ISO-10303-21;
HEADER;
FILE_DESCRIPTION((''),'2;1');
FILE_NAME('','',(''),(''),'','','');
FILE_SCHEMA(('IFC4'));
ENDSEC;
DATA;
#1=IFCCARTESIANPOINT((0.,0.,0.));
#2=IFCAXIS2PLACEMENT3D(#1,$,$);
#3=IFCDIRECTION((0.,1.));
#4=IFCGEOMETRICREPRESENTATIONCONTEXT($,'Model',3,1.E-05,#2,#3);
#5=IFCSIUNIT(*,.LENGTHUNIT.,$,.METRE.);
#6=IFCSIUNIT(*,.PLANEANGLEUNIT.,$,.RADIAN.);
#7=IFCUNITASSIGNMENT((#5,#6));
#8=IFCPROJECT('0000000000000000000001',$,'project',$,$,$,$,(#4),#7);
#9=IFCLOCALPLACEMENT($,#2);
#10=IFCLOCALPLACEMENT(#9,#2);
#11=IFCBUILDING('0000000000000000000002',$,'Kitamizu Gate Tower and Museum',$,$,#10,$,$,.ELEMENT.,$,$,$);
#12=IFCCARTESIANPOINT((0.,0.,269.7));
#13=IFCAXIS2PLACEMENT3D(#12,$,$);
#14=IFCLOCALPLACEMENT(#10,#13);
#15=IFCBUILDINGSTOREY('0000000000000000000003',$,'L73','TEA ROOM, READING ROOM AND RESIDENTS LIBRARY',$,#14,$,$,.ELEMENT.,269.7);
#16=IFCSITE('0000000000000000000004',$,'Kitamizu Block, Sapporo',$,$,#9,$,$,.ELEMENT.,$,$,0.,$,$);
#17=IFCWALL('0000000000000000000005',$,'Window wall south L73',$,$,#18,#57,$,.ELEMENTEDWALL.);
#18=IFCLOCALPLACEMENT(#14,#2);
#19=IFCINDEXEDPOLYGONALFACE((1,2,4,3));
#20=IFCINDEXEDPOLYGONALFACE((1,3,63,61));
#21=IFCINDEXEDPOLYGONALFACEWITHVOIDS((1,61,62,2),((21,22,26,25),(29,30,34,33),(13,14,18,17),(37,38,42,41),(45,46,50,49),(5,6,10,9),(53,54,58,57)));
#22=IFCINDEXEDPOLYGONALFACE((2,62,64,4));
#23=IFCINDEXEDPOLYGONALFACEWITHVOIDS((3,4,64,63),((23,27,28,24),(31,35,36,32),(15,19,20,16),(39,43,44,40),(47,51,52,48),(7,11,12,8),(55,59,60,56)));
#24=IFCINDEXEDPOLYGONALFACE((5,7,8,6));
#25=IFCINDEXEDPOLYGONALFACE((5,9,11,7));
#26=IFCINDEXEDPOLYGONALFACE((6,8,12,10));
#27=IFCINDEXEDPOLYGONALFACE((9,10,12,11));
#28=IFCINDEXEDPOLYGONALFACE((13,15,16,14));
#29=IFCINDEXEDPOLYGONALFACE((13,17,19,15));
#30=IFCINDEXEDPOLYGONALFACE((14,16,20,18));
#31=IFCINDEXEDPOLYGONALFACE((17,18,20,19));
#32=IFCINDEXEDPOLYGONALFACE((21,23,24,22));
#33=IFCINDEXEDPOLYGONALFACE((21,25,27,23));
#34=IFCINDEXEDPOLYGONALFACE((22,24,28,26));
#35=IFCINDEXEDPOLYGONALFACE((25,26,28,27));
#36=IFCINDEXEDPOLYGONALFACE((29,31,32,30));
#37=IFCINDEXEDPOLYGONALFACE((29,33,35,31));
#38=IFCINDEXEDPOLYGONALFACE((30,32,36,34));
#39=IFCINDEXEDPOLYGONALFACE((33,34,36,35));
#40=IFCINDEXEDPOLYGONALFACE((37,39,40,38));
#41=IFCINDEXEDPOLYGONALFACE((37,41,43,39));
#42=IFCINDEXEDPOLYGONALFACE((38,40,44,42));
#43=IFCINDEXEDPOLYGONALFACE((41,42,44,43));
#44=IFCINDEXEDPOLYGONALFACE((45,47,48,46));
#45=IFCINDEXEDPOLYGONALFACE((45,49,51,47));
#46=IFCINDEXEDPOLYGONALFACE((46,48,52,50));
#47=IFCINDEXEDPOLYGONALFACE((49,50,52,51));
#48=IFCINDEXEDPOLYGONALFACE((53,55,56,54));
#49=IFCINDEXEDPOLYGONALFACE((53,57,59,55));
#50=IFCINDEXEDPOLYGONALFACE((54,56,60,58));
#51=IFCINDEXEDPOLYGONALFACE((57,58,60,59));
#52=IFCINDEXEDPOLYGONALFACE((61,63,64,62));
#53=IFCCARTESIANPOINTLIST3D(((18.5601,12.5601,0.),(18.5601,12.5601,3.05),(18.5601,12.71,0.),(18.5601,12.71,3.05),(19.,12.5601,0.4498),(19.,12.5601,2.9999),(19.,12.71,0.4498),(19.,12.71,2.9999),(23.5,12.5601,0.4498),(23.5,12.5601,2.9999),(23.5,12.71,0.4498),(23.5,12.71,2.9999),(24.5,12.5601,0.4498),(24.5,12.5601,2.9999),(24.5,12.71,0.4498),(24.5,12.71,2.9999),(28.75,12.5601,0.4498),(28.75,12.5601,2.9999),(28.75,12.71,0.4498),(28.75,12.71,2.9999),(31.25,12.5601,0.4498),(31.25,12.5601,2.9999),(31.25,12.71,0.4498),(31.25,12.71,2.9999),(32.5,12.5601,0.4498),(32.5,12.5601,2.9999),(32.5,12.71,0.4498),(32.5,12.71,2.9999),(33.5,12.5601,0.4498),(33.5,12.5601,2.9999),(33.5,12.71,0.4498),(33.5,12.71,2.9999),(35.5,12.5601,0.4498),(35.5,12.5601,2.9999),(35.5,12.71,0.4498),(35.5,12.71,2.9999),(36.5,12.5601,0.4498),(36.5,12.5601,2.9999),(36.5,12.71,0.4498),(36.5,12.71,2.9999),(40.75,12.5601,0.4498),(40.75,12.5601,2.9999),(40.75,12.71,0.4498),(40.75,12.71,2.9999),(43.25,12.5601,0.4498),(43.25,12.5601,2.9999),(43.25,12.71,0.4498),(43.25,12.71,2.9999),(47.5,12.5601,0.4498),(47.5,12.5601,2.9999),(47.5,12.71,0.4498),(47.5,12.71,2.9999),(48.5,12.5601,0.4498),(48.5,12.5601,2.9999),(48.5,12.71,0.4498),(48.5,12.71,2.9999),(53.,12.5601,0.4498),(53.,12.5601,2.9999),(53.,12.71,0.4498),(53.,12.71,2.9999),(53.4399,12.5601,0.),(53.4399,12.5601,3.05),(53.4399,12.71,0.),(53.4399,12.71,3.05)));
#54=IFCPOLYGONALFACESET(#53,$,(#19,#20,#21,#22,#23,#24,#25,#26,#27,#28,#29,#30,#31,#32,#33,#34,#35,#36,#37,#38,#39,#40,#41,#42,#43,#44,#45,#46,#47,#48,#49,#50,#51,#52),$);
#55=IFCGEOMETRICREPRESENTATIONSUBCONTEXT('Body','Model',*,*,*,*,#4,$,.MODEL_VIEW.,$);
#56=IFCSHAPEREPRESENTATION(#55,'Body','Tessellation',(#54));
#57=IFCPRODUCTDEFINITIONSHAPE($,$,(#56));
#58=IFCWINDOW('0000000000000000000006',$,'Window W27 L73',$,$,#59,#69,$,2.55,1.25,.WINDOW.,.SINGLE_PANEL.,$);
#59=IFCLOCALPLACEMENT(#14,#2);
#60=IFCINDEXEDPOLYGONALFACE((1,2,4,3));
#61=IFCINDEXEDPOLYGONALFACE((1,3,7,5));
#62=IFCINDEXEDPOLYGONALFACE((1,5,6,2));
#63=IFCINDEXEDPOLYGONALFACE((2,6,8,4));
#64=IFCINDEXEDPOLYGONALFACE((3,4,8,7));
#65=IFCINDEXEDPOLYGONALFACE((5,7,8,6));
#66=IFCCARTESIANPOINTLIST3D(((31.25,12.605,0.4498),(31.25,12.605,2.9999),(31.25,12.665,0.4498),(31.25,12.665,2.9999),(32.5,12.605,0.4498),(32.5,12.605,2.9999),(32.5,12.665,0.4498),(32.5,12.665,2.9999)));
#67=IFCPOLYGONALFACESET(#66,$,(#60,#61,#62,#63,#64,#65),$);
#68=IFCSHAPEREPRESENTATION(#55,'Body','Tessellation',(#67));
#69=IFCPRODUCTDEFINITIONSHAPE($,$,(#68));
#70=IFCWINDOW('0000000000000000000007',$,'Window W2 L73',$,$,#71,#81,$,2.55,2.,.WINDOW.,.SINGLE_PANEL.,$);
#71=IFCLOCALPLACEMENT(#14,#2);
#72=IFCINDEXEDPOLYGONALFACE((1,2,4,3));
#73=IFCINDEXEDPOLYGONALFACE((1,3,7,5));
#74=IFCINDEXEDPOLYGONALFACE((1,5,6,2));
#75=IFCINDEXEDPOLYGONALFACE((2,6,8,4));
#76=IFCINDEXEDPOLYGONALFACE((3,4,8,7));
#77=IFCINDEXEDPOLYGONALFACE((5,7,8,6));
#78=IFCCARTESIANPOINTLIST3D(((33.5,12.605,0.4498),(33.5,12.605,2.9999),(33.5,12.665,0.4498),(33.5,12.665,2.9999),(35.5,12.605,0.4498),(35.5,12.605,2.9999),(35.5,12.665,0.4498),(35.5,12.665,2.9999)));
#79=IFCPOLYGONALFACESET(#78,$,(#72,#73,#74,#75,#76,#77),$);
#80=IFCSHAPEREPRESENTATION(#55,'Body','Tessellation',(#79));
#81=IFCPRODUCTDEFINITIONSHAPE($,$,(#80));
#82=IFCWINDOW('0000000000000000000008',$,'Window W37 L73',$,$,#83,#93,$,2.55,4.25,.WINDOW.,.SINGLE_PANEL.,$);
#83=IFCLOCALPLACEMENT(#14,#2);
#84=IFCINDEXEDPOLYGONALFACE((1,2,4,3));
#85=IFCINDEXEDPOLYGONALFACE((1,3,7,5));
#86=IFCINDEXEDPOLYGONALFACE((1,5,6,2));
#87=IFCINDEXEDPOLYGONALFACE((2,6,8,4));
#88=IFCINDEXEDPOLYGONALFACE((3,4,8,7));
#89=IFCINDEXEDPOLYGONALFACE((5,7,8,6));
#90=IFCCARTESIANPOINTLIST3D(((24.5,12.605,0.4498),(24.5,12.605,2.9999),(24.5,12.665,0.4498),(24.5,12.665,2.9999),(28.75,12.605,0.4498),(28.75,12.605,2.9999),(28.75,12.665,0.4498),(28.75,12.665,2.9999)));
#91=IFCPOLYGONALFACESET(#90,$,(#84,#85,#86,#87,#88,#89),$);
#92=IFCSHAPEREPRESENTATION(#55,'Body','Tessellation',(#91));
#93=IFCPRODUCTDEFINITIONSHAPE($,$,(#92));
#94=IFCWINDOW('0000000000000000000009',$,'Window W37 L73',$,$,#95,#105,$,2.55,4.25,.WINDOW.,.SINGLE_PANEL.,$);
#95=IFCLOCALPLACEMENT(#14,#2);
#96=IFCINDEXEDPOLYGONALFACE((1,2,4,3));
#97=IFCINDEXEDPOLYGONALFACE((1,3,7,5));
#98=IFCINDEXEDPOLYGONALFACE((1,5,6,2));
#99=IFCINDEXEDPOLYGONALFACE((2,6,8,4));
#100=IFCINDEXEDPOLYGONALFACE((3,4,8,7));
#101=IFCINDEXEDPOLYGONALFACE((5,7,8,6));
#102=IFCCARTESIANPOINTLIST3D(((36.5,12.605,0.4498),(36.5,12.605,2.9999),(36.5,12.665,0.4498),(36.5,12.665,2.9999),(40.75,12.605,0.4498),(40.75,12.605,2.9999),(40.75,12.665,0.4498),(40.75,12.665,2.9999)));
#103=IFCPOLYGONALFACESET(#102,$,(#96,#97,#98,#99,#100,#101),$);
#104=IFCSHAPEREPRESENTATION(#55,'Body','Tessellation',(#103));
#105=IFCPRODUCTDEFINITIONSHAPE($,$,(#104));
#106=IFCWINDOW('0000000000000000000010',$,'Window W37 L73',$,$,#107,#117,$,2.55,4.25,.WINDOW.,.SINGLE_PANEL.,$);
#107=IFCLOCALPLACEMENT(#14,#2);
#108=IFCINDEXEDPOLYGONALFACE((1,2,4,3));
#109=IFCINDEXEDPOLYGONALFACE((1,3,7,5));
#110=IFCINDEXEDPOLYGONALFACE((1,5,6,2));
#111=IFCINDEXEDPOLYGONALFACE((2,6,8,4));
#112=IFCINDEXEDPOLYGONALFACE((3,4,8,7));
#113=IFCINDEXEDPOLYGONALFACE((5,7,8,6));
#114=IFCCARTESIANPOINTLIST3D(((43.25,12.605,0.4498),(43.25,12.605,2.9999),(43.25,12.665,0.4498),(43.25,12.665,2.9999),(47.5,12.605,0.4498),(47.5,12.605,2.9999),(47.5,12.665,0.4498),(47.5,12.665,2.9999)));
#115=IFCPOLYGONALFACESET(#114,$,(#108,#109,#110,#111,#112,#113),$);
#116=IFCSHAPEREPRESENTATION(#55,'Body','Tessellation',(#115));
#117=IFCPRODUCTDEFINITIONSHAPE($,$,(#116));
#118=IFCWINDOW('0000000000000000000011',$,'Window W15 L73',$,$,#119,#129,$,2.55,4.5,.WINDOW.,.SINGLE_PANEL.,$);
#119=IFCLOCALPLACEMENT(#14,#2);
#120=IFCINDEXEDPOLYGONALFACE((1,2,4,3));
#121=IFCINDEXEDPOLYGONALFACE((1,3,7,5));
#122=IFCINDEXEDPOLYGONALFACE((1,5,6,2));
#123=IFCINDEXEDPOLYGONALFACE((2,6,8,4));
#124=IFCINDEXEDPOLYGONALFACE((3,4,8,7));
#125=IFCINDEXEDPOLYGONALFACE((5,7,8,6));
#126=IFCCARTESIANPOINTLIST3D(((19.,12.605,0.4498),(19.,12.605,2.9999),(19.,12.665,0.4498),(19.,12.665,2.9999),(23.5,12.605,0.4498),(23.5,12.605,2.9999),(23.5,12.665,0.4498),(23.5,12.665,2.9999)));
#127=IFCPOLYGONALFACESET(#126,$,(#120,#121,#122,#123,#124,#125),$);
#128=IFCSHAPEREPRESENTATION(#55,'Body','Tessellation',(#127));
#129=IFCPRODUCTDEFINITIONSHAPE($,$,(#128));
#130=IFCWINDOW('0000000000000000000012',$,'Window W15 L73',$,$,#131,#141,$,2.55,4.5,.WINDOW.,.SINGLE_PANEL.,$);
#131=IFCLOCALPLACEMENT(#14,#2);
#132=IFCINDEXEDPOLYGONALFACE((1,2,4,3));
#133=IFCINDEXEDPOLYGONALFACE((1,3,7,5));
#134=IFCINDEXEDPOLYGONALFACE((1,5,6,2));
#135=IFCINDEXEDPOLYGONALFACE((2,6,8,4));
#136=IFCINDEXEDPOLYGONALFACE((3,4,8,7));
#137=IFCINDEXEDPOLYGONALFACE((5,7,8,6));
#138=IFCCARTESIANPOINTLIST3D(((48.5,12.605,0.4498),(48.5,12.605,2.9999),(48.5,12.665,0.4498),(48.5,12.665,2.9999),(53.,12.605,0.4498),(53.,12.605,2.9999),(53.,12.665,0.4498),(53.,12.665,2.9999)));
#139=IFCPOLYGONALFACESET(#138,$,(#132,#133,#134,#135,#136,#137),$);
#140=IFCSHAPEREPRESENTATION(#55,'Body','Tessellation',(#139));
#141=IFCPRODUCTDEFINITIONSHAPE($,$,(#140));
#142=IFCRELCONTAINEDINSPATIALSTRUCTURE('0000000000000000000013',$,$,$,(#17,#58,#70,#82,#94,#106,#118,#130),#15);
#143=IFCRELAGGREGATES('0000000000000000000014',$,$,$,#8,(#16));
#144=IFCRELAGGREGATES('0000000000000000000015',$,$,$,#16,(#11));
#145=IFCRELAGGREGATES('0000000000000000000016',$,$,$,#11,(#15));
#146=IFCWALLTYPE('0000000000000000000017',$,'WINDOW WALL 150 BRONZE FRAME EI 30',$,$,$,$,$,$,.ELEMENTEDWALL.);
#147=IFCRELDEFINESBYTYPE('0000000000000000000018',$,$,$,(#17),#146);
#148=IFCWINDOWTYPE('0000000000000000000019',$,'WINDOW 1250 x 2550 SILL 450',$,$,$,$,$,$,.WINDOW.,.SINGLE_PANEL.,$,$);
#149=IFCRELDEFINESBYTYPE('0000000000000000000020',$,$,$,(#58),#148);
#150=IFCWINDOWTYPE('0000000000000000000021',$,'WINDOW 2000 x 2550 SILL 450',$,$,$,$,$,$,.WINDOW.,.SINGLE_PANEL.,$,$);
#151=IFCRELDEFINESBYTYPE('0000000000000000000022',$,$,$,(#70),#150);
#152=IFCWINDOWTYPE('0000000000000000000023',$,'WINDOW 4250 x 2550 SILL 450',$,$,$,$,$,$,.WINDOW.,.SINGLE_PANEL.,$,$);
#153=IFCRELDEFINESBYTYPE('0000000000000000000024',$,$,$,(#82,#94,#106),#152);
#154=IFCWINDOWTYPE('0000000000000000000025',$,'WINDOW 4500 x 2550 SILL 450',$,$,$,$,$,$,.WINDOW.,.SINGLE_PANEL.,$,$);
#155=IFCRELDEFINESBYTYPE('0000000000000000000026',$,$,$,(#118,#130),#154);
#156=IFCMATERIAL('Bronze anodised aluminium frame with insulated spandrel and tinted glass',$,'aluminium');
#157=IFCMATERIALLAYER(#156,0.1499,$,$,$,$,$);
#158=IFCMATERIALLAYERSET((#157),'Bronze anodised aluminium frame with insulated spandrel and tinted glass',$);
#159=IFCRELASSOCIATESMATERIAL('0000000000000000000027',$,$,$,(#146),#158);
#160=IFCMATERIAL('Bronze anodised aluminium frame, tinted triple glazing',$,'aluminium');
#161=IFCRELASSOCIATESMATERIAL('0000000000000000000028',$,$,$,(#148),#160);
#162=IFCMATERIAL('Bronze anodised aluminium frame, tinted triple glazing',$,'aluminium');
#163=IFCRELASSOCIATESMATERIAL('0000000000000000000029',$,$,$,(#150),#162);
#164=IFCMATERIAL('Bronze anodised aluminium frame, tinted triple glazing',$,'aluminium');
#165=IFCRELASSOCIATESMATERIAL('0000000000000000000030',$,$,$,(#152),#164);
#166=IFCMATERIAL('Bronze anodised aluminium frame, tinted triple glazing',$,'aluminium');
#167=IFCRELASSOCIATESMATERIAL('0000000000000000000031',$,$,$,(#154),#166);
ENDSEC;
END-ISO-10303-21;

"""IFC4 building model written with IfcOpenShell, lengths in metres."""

from ifc_helpers import new_model, si_unit, direction, frame, frame_2d, origin, place, context, subcontext, project, spatial, rectangle, extrude, material, layer, layer_set, type_object, element, fill, save


model = new_model("IFC4")

# Units and contexts
model_context = context("Model", 3, precision=1e-05, world=origin(), true_north=direction((0.0, 1.0)))
body_context = subcontext(model_context, "Body", "Model", "MODEL_VIEW")
ifc_project = project(units=[si_unit("LENGTHUNIT", "METRE"), si_unit("PLANEANGLEUNIT", "RADIAN")], contexts=[model_context])

# Site, building, storey
site_placement = place(None, origin())
site = spatial("IfcSite", under=ifc_project, at=site_placement, Name="Kitamizu Block, Sapporo", CompositionType="ELEMENT", RefElevation=0.0)
building_placement = place(site_placement, origin())
building = spatial("IfcBuilding", under=site, at=building_placement, Name="Kitamizu Gate Tower and Museum", CompositionType="ELEMENT")
storey_placement = place(building_placement, frame((0.0, 0.0, 269.7)))
storey = spatial("IfcBuildingStorey", under=building, at=storey_placement, Name="L73", Description="TEA ROOM, READING ROOM AND RESIDENTS LIBRARY", CompositionType="ELEMENT", Elevation=269.7)

# Wall, openings, windows
ifc_material_1 = material(Name="Bronze anodised aluminium frame with insulated spandrel and tinted glass", Category="aluminium")
ifc_layer_1 = layer(ifc_material_1, 0.1499)
ifc_layer_set_1 = layer_set([ifc_layer_1], Name="Bronze anodised aluminium frame with insulated spandrel and tinted glass")
wall_type_1 = type_object("IfcWallType", Name="WINDOW WALL 150 BRONZE FRAME EI 30", PredefinedType="ELEMENTEDWALL", material=ifc_layer_set_1)
wall_1_placement = place(storey_placement, frame((18.5601, 12.635, 0.0), z_axis=(0.0, 0.0, 1.0), x_axis=(1.0, 0.0, 0.0)))
wall_1 = element("IfcWall", 1, at=wall_1_placement, inside=storey, type_object=wall_type_1, Name="Window wall south L73", PredefinedType="ELEMENTEDWALL", context=body_context, shape_type="SweptSolid", body=[
    extrude(rectangle(XDim=34.8799, YDim=0.1499, at=frame_2d((17.4399, 0.0))), origin(), (0.0, 0.0, 1.0), 3.05),
])
opening_1_placement = place(wall_1_placement, frame((0.4399, 0.0, 0.45)))
opening_1 = element("IfcOpeningElement", 2, at=opening_1_placement, cuts=wall_1, PredefinedType="OPENING", context=body_context, shape_type="SweptSolid", body=[
    extrude(rectangle(XDim=4.5, YDim=2.55, at=frame_2d((2.25, 1.2749))), frame((0.0, 0.085, 0.0), z_axis=(0.0, -1.0, 0.0), x_axis=(1.0, 0.0, 0.0)), (0.0, 0.0, 1.0), 0.1699),
])
opening_2_placement = place(wall_1_placement, frame((5.9399, 0.0, 0.45)))
opening_2 = element("IfcOpeningElement", 3, at=opening_2_placement, cuts=wall_1, PredefinedType="OPENING", context=body_context, shape_type="SweptSolid", body=[
    extrude(rectangle(XDim=4.25, YDim=2.55, at=frame_2d((2.125, 1.2749))), frame((0.0, 0.085, 0.0), z_axis=(0.0, -1.0, 0.0), x_axis=(1.0, 0.0, 0.0)), (0.0, 0.0, 1.0), 0.1699),
])
opening_3_placement = place(wall_1_placement, frame((12.6899, 0.0, 0.45)))
opening_3 = element("IfcOpeningElement", 4, at=opening_3_placement, cuts=wall_1, PredefinedType="OPENING", context=body_context, shape_type="SweptSolid", body=[
    extrude(rectangle(XDim=1.25, YDim=2.55, at=frame_2d((0.625, 1.2749))), frame((0.0, 0.085, 0.0), z_axis=(0.0, -1.0, 0.0), x_axis=(1.0, 0.0, 0.0)), (0.0, 0.0, 1.0), 0.1699),
])
opening_4_placement = place(wall_1_placement, frame((14.9399, 0.0, 0.45)))
opening_4 = element("IfcOpeningElement", 5, at=opening_4_placement, cuts=wall_1, PredefinedType="OPENING", context=body_context, shape_type="SweptSolid", body=[
    extrude(rectangle(XDim=2.0, YDim=2.55, at=frame_2d((1.0, 1.2749))), frame((0.0, 0.085, 0.0), z_axis=(0.0, -1.0, 0.0), x_axis=(1.0, 0.0, 0.0)), (0.0, 0.0, 1.0), 0.1699),
])
opening_5_placement = place(wall_1_placement, frame((17.9399, 0.0, 0.45)))
opening_5 = element("IfcOpeningElement", 6, at=opening_5_placement, cuts=wall_1, PredefinedType="OPENING", context=body_context, shape_type="SweptSolid", body=[
    extrude(rectangle(XDim=4.25, YDim=2.55, at=frame_2d((2.125, 1.2749))), frame((0.0, 0.085, 0.0), z_axis=(0.0, -1.0, 0.0), x_axis=(1.0, 0.0, 0.0)), (0.0, 0.0, 1.0), 0.1699),
])
opening_6_placement = place(wall_1_placement, frame((24.6899, 0.0, 0.45)))
opening_6 = element("IfcOpeningElement", 7, at=opening_6_placement, cuts=wall_1, PredefinedType="OPENING", context=body_context, shape_type="SweptSolid", body=[
    extrude(rectangle(XDim=4.25, YDim=2.55, at=frame_2d((2.125, 1.2749))), frame((0.0, 0.085, 0.0), z_axis=(0.0, -1.0, 0.0), x_axis=(1.0, 0.0, 0.0)), (0.0, 0.0, 1.0), 0.1699),
])
opening_7_placement = place(wall_1_placement, frame((29.9399, 0.0, 0.45)))
opening_7 = element("IfcOpeningElement", 8, at=opening_7_placement, cuts=wall_1, PredefinedType="OPENING", context=body_context, shape_type="SweptSolid", body=[
    extrude(rectangle(XDim=4.5, YDim=2.55, at=frame_2d((2.25, 1.2749))), frame((0.0, 0.085, 0.0), z_axis=(0.0, -1.0, 0.0), x_axis=(1.0, 0.0, 0.0)), (0.0, 0.0, 1.0), 0.1699),
])
ifc_material_2 = material(Name="Bronze anodised aluminium frame, tinted triple glazing", Category="aluminium")
window_type_1 = type_object("IfcWindowType", Name="WINDOW 1250 x 2550 SILL 450", PartitioningType="SINGLE_PANEL", PredefinedType="WINDOW", material=ifc_material_2)
window_1_placement = place(opening_3_placement, origin())
window_1 = element("IfcWindow", 9, at=window_1_placement, inside=storey, type_object=window_type_1, Name="Window W27 L73", OverallHeight=2.55, OverallWidth=1.25, PartitioningType="SINGLE_PANEL", PredefinedType="WINDOW", context=body_context, shape_type="SweptSolid", body=[
    extrude(rectangle(XDim=1.25, YDim=2.55, at=frame_2d((0.625, 1.2749))), frame((0.0, 0.03, 0.0), z_axis=(0.0, -1.0, 0.0), x_axis=(1.0, 0.0, 0.0)), (0.0, 0.0, 1.0), 0.0601),
])
fill(opening_3, window_1)
ifc_material_3 = material(Name="Bronze anodised aluminium frame, tinted triple glazing", Category="aluminium")
window_type_2 = type_object("IfcWindowType", Name="WINDOW 2000 x 2550 SILL 450", PartitioningType="SINGLE_PANEL", PredefinedType="WINDOW", material=ifc_material_3)
window_2_placement = place(opening_4_placement, origin())
window_2 = element("IfcWindow", 10, at=window_2_placement, inside=storey, type_object=window_type_2, Name="Window W2 L73", OverallHeight=2.55, OverallWidth=2.0, PartitioningType="SINGLE_PANEL", PredefinedType="WINDOW", context=body_context, shape_type="SweptSolid", body=[
    extrude(rectangle(XDim=2.0, YDim=2.55, at=frame_2d((1.0, 1.2749))), frame((0.0, 0.03, 0.0), z_axis=(0.0, -1.0, 0.0), x_axis=(1.0, 0.0, 0.0)), (0.0, 0.0, 1.0), 0.0601),
])
fill(opening_4, window_2)
ifc_material_4 = material(Name="Bronze anodised aluminium frame, tinted triple glazing", Category="aluminium")
window_type_3 = type_object("IfcWindowType", Name="WINDOW 4250 x 2550 SILL 450", PartitioningType="SINGLE_PANEL", PredefinedType="WINDOW", material=ifc_material_4)
window_3_placement = place(opening_2_placement, origin())
window_3 = element("IfcWindow", 11, at=window_3_placement, inside=storey, type_object=window_type_3, Name="Window W37 L73", OverallHeight=2.55, OverallWidth=4.25, PartitioningType="SINGLE_PANEL", PredefinedType="WINDOW", context=body_context, shape_type="SweptSolid", body=[
    extrude(rectangle(XDim=4.25, YDim=2.55, at=frame_2d((2.125, 1.2749))), frame((0.0, 0.03, 0.0), z_axis=(0.0, -1.0, 0.0), x_axis=(1.0, 0.0, 0.0)), (0.0, 0.0, 1.0), 0.0601),
])
fill(opening_2, window_3)
window_4_placement = place(opening_5_placement, origin())
window_4 = element("IfcWindow", 12, at=window_4_placement, inside=storey, type_object=window_type_3, Name="Window W37 L73", OverallHeight=2.55, OverallWidth=4.25, PartitioningType="SINGLE_PANEL", PredefinedType="WINDOW", context=body_context, shape_type="SweptSolid", body=[
    extrude(rectangle(XDim=4.25, YDim=2.55, at=frame_2d((2.125, 1.2749))), frame((0.0, 0.03, 0.0), z_axis=(0.0, -1.0, 0.0), x_axis=(1.0, 0.0, 0.0)), (0.0, 0.0, 1.0), 0.0601),
])
fill(opening_5, window_4)
window_5_placement = place(opening_6_placement, origin())
window_5 = element("IfcWindow", 13, at=window_5_placement, inside=storey, type_object=window_type_3, Name="Window W37 L73", OverallHeight=2.55, OverallWidth=4.25, PartitioningType="SINGLE_PANEL", PredefinedType="WINDOW", context=body_context, shape_type="SweptSolid", body=[
    extrude(rectangle(XDim=4.25, YDim=2.55, at=frame_2d((2.125, 1.2749))), frame((0.0, 0.03, 0.0), z_axis=(0.0, -1.0, 0.0), x_axis=(1.0, 0.0, 0.0)), (0.0, 0.0, 1.0), 0.0601),
])
fill(opening_6, window_5)
ifc_material_5 = material(Name="Bronze anodised aluminium frame, tinted triple glazing", Category="aluminium")
window_type_4 = type_object("IfcWindowType", Name="WINDOW 4500 x 2550 SILL 450", PartitioningType="SINGLE_PANEL", PredefinedType="WINDOW", material=ifc_material_5)
window_6_placement = place(opening_1_placement, origin())
window_6 = element("IfcWindow", 14, at=window_6_placement, inside=storey, type_object=window_type_4, Name="Window W15 L73", OverallHeight=2.55, OverallWidth=4.5, PartitioningType="SINGLE_PANEL", PredefinedType="WINDOW", context=body_context, shape_type="SweptSolid", body=[
    extrude(rectangle(XDim=4.5, YDim=2.55, at=frame_2d((2.25, 1.2749))), frame((0.0, 0.03, 0.0), z_axis=(0.0, -1.0, 0.0), x_axis=(1.0, 0.0, 0.0)), (0.0, 0.0, 1.0), 0.0601),
])
fill(opening_1, window_6)
window_7_placement = place(opening_7_placement, origin())
window_7 = element("IfcWindow", 15, at=window_7_placement, inside=storey, type_object=window_type_4, Name="Window W15 L73", OverallHeight=2.55, OverallWidth=4.5, PartitioningType="SINGLE_PANEL", PredefinedType="WINDOW", context=body_context, shape_type="SweptSolid", body=[
    extrude(rectangle(XDim=4.5, YDim=2.55, at=frame_2d((2.25, 1.2749))), frame((0.0, 0.03, 0.0), z_axis=(0.0, -1.0, 0.0), x_axis=(1.0, 0.0, 0.0)), (0.0, 0.0, 1.0), 0.0601),
])
fill(opening_7, window_7)

save(model, "model.ifc")
